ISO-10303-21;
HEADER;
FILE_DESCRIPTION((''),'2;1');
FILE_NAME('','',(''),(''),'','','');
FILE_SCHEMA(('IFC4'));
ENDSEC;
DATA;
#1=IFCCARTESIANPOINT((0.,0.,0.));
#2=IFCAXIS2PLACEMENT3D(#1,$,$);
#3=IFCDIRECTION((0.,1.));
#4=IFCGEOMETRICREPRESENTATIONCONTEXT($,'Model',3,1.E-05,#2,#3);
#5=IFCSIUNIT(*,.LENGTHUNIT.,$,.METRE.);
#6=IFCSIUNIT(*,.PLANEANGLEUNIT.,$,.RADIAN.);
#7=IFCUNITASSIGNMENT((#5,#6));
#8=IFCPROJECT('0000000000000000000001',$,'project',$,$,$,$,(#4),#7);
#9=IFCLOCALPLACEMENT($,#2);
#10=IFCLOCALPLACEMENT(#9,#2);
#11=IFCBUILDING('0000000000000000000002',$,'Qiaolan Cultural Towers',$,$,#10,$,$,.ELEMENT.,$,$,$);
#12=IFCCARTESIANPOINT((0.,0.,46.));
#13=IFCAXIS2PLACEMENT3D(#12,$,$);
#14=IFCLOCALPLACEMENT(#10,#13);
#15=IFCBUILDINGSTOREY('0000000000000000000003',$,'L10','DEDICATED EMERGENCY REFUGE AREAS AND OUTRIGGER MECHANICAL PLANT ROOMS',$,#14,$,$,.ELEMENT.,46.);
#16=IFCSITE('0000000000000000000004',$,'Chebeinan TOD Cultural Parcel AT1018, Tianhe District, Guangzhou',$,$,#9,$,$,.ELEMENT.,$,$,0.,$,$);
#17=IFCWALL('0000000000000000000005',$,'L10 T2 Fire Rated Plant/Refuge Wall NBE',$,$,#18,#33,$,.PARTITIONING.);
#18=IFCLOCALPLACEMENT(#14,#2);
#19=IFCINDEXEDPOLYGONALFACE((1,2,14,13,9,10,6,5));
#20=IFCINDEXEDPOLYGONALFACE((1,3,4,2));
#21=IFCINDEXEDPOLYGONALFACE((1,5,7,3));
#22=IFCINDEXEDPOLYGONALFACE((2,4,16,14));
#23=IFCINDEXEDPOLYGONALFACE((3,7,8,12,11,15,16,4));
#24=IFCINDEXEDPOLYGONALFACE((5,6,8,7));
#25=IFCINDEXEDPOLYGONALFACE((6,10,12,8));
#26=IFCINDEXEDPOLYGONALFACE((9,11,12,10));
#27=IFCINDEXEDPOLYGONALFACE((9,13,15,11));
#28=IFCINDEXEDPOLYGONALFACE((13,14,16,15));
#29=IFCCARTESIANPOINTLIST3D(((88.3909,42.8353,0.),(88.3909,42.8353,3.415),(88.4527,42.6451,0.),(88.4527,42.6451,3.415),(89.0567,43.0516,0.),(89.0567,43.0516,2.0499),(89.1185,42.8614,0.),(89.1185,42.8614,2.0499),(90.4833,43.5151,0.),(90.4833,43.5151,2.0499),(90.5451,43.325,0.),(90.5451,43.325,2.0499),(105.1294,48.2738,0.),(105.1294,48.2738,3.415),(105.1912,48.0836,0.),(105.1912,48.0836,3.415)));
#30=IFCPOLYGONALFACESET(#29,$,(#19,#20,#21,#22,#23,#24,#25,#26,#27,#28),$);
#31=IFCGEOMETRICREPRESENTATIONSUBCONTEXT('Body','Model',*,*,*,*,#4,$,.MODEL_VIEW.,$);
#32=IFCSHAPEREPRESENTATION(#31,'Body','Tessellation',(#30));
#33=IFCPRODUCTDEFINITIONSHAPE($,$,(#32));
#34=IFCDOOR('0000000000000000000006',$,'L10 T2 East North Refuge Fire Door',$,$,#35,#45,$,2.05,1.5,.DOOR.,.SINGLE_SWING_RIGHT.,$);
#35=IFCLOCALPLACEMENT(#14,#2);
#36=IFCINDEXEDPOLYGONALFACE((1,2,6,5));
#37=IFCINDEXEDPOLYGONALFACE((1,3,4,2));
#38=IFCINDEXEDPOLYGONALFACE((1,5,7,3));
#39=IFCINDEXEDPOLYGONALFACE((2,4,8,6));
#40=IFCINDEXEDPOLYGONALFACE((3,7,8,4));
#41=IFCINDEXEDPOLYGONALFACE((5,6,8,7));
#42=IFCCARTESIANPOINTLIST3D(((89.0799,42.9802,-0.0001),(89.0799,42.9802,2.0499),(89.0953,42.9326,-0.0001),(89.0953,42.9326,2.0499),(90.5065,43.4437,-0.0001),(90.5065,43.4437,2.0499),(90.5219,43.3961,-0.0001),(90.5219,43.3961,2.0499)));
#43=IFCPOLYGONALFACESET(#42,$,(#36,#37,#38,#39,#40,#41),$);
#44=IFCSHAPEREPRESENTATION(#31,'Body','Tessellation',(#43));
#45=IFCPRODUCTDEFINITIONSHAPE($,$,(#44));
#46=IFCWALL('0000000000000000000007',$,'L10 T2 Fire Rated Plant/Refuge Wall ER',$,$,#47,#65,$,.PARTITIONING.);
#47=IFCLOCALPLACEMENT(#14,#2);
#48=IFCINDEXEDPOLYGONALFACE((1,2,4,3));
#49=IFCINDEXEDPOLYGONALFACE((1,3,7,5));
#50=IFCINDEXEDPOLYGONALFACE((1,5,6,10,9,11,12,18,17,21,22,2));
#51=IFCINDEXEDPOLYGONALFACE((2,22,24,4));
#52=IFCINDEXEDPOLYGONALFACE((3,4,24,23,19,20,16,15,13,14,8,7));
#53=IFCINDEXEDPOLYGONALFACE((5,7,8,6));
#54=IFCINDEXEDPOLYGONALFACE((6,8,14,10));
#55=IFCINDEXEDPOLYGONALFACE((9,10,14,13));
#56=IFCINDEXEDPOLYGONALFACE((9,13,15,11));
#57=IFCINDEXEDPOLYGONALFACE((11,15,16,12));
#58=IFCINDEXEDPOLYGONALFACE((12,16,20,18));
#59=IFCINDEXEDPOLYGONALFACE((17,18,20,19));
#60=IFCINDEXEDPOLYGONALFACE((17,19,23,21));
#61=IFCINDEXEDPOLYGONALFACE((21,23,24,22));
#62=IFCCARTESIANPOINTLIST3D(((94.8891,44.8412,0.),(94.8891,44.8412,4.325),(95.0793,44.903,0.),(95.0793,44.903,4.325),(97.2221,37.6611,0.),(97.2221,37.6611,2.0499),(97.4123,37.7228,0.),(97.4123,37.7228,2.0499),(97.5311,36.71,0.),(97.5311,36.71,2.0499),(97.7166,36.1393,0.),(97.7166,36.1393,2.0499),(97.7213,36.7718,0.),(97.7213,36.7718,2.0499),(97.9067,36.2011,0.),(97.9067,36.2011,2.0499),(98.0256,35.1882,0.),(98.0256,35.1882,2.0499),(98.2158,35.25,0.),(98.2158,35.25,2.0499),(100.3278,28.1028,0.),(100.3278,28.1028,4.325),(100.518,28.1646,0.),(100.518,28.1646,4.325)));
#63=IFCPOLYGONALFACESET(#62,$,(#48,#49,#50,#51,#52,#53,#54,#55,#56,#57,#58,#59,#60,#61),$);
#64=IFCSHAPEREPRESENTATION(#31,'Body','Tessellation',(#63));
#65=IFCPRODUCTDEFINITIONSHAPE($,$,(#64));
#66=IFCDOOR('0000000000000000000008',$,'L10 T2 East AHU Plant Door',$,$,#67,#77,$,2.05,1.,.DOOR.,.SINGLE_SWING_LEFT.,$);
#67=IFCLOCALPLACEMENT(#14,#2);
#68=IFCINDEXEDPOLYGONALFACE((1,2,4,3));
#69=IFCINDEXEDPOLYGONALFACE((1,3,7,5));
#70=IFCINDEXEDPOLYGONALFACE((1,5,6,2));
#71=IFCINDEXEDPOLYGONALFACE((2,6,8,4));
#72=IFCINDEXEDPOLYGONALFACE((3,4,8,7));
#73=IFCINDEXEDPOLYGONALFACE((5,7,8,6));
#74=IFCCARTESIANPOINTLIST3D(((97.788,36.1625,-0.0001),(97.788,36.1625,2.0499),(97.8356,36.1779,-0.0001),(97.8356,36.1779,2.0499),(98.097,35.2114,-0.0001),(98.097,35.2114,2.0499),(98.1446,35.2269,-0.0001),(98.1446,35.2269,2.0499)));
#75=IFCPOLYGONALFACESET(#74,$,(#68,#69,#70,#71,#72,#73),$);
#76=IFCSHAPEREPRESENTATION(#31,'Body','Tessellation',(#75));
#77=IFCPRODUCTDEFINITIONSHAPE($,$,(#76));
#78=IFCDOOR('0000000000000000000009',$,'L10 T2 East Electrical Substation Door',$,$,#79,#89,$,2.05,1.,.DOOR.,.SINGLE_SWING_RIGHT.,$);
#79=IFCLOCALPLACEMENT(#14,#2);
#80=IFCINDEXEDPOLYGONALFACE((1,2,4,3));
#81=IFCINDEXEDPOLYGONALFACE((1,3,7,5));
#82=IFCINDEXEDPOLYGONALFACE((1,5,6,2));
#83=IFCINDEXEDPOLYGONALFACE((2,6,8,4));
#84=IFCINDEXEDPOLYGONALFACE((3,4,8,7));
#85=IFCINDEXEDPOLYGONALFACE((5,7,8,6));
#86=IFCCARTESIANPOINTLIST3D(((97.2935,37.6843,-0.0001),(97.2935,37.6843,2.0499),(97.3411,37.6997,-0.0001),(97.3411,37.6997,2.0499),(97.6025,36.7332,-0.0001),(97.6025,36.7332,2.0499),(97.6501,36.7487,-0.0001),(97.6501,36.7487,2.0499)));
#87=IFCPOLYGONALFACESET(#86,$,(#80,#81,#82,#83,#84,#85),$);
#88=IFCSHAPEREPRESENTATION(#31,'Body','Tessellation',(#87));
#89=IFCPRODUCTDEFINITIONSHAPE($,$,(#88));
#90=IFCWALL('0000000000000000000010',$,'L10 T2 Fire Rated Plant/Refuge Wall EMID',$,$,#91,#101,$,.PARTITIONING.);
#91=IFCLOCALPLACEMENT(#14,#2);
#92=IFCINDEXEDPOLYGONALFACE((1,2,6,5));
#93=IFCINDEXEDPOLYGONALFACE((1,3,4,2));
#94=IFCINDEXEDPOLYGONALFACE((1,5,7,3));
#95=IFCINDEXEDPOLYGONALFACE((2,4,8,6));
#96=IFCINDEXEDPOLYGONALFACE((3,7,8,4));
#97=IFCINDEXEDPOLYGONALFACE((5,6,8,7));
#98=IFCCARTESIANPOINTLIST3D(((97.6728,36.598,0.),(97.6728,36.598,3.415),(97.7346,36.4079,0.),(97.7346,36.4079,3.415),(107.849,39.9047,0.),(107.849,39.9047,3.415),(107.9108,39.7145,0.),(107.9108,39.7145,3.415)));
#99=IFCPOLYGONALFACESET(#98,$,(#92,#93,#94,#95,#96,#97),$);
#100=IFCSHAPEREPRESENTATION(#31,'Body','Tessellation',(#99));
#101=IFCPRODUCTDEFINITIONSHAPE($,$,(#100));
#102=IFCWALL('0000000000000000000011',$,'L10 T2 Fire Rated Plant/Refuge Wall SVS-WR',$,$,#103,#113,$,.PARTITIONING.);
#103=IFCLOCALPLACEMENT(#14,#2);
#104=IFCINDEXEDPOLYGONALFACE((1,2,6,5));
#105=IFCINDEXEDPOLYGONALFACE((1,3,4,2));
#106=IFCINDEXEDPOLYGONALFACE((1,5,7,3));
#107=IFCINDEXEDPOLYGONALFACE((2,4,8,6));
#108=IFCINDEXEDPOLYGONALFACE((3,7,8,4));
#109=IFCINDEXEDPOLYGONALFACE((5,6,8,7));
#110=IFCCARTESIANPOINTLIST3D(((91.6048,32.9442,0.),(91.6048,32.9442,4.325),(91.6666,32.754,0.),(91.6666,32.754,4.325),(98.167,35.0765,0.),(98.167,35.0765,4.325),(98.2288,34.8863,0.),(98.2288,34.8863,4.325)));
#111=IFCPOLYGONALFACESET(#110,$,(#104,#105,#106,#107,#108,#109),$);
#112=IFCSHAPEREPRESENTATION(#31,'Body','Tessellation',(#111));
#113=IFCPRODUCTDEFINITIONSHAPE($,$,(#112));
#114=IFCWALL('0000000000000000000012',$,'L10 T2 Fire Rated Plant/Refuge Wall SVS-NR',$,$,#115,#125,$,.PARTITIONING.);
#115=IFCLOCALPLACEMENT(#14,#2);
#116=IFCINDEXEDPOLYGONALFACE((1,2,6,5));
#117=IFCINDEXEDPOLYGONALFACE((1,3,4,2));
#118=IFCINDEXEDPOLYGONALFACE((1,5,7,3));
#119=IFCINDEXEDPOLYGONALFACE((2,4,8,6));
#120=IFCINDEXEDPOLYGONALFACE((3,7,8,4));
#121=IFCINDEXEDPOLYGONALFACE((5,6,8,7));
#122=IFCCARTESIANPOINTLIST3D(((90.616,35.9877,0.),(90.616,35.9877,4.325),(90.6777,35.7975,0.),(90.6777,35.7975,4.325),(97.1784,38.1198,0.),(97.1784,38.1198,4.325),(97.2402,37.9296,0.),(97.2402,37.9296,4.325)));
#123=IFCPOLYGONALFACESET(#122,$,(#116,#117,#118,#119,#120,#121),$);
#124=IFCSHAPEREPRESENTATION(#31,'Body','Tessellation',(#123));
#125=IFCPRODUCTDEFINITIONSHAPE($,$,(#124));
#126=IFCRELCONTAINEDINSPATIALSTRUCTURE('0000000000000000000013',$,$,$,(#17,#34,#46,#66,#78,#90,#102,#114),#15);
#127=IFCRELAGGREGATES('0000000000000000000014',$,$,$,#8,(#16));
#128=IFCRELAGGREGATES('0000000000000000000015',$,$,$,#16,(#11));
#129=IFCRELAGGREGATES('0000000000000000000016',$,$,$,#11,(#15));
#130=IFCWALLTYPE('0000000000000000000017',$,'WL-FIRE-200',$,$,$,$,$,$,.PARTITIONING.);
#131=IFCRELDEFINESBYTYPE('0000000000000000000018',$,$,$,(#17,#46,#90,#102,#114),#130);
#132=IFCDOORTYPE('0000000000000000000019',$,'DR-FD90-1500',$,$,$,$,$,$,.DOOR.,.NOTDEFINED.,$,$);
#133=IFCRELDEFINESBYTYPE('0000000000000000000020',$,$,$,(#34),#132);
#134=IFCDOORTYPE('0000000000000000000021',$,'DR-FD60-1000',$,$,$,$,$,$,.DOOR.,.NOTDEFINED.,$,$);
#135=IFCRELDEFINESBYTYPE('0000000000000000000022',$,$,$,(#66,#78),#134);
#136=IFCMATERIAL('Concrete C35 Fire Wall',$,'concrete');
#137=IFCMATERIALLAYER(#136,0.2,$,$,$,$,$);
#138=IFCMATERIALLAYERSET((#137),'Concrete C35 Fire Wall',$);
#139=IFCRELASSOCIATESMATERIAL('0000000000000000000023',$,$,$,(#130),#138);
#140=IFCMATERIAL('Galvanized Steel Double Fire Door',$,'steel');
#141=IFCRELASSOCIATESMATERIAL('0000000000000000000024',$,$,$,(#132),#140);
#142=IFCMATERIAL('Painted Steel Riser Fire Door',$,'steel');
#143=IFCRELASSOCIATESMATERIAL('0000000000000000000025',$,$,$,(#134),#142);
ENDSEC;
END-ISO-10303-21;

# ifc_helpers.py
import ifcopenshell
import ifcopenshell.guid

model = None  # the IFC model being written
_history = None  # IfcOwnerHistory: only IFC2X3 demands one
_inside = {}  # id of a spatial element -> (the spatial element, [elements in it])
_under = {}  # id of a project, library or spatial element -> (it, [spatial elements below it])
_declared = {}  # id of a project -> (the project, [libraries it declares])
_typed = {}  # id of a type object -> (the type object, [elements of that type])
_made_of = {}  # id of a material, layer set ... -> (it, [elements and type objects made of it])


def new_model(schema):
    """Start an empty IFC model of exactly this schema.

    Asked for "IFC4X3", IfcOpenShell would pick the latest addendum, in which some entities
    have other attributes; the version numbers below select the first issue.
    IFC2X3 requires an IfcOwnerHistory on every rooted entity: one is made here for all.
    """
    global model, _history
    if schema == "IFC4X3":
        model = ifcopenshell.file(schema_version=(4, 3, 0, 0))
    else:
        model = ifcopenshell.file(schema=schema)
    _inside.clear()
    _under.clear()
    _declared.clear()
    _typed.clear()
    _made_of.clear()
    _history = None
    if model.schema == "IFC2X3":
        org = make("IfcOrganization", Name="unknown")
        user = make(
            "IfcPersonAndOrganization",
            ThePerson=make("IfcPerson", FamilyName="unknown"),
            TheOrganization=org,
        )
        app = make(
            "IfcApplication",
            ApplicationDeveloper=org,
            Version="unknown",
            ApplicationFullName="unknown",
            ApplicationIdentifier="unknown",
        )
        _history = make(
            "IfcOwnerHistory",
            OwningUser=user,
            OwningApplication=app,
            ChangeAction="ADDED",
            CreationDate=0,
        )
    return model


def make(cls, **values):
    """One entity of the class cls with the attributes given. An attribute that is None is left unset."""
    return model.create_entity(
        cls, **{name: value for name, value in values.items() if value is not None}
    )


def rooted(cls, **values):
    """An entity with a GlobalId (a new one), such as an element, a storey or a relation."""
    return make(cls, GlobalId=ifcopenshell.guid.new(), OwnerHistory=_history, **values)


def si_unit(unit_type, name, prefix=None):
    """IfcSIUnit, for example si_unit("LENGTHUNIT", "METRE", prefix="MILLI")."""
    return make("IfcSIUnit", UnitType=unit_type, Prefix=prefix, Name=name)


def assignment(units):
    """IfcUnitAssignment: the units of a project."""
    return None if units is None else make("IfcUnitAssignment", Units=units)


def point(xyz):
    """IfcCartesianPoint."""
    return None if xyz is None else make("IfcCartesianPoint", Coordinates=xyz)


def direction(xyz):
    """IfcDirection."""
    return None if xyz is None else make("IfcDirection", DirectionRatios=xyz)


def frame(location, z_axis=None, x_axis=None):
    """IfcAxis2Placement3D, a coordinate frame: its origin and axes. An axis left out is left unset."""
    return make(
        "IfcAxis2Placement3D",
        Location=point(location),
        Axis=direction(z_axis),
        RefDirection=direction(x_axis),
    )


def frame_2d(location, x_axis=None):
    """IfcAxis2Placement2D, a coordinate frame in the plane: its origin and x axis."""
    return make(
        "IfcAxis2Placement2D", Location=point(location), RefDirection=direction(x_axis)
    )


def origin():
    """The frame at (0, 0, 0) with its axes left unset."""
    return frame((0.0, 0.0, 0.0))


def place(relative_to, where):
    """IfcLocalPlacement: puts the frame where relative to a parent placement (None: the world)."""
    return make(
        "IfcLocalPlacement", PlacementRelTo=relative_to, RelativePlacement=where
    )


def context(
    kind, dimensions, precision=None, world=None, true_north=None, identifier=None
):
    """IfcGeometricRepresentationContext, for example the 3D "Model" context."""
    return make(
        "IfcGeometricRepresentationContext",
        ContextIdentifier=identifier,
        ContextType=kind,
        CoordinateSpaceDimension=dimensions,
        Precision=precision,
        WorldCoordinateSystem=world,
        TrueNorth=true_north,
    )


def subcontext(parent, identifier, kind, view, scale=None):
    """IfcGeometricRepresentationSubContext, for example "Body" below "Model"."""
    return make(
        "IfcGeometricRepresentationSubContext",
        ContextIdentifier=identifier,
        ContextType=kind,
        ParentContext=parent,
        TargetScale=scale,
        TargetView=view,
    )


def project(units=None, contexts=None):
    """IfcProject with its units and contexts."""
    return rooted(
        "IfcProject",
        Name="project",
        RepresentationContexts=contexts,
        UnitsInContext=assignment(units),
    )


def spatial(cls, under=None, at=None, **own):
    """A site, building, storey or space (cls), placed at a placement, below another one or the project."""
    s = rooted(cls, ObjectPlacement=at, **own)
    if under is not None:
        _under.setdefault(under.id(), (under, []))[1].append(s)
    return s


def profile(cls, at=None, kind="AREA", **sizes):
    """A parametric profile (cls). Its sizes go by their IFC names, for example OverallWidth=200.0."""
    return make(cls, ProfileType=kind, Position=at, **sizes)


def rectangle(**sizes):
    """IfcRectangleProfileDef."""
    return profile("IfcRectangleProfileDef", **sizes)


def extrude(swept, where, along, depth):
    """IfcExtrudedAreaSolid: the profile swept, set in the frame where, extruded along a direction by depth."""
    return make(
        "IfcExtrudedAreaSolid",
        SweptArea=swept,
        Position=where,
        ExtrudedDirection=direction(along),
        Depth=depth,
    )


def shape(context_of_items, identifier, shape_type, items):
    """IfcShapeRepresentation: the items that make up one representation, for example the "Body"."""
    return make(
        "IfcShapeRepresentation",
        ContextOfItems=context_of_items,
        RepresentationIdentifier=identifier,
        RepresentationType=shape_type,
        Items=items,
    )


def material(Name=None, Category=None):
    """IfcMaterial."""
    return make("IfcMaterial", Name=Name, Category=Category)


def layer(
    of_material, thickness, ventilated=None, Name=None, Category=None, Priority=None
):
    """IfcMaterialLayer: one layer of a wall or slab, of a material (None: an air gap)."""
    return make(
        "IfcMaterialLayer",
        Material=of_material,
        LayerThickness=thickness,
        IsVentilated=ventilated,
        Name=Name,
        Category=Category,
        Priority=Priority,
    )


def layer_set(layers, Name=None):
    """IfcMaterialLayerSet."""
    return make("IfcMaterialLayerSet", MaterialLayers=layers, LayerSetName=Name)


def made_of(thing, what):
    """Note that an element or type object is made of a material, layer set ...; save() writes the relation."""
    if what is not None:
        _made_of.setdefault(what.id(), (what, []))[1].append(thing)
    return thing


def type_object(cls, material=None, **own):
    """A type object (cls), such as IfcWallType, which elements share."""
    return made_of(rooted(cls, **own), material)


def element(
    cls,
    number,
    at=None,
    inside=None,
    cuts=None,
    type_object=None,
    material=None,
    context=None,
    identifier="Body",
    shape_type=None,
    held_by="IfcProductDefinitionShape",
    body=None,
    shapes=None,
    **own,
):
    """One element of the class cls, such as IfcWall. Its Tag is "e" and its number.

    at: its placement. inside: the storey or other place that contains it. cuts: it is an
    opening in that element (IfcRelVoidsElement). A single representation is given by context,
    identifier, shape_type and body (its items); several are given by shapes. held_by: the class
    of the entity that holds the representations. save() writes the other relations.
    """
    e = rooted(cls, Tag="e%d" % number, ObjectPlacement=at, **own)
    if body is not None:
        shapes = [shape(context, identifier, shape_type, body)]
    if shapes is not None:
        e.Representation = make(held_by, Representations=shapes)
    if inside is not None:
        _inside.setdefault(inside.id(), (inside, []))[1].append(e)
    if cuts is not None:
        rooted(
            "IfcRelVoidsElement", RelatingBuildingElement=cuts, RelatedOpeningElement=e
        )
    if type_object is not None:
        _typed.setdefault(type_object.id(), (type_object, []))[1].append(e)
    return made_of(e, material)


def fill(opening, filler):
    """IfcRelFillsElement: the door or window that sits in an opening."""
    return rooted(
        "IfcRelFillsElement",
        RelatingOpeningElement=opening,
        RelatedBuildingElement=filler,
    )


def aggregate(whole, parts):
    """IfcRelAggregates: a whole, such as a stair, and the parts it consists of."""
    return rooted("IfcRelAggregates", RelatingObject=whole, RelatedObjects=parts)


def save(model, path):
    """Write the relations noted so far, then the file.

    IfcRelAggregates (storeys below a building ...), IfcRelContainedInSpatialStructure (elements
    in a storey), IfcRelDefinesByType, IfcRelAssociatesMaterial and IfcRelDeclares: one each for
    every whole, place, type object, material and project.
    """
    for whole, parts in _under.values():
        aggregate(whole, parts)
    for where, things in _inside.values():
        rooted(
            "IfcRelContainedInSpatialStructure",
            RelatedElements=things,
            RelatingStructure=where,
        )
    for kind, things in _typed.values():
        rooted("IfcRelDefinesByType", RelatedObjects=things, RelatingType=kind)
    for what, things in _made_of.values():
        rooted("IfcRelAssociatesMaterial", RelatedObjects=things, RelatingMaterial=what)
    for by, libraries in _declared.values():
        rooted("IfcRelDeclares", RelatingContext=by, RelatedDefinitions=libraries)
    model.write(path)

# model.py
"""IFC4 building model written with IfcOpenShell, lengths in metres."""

from ifc_helpers import new_model, si_unit, direction, frame, frame_2d, origin, place, context, subcontext, project, spatial, rectangle, extrude, material, layer, layer_set, type_object, element, fill, save


model = new_model("IFC4")

# Units and contexts
model_context = context("Model", 3, precision=1e-05, world=origin(), true_north=direction((0.0, 1.0)))
body_context = subcontext(model_context, "Body", "Model", "MODEL_VIEW")
ifc_project = project(units=[si_unit("LENGTHUNIT", "METRE"), si_unit("PLANEANGLEUNIT", "RADIAN")], contexts=[model_context])

# Site, building, storey
site_placement = place(None, origin())
site = spatial("IfcSite", under=ifc_project, at=site_placement, Name="Chebeinan TOD Cultural Parcel AT1018, Tianhe District, Guangzhou", CompositionType="ELEMENT", RefElevation=0.0)
building_placement = place(site_placement, origin())
building = spatial("IfcBuilding", under=site, at=building_placement, Name="Qiaolan Cultural Towers", CompositionType="ELEMENT")
storey_placement = place(building_placement, frame((0.0, 0.0, 46.0)))
storey = spatial("IfcBuildingStorey", under=building, at=storey_placement, Name="L10", Description="DEDICATED EMERGENCY REFUGE AREAS AND OUTRIGGER MECHANICAL PLANT ROOMS", CompositionType="ELEMENT", Elevation=46.0)

# Wall, opening, door
ifc_material_1 = material(Name="Concrete C35 Fire Wall", Category="concrete")
ifc_layer_1 = layer(ifc_material_1, 0.2)
ifc_layer_set_1 = layer_set([ifc_layer_1], Name="Concrete C35 Fire Wall")
wall_type = type_object("IfcWallType", Name="WL-FIRE-200", PredefinedType="PARTITIONING", material=ifc_layer_set_1)
wall_1_placement = place(storey_placement, frame((88.4219, 42.7402, 0.0), z_axis=(0.0, 0.0, 1.0), x_axis=(0.95106, 0.309007, 0.0)))
wall_1 = element("IfcWall", 1, at=wall_1_placement, inside=storey, type_object=wall_type, Name="L10 T2 Fire Rated Plant/Refuge Wall NBE", PredefinedType="PARTITIONING", context=body_context, shape_type="SweptSolid", body=[
    extrude(rectangle(XDim=17.5999, YDim=0.2, at=frame_2d((8.7998, 0.0))), origin(), (0.0, 0.0, 1.0), 3.415),
])
opening_1_placement = place(wall_1_placement, frame((0.7, 0.0, 0.0)))
opening_1 = element("IfcOpeningElement", 2, at=opening_1_placement, cuts=wall_1, PredefinedType="OPENING", context=body_context, shape_type="SweptSolid", body=[
    extrude(rectangle(XDim=1.5, YDim=2.05, at=frame_2d((0.75, 1.0249))), frame((0.0, 0.1099, 0.0), z_axis=(0.0, -1.0, 0.0), x_axis=(1.0, 0.0, 0.0)), (0.0, 0.0, 1.0), 0.22),
])
ifc_material_2 = material(Name="Galvanized Steel Double Fire Door", Category="steel")
door_type_1 = type_object("IfcDoorType", Name="DR-FD90-1500", OperationType="NOTDEFINED", PredefinedType="DOOR", material=ifc_material_2)
door_1_placement = place(opening_1_placement, origin())
door_1 = element("IfcDoor", 3, at=door_1_placement, inside=storey, type_object=door_type_1, Name="L10 T2 East North Refuge Fire Door", OperationType="SINGLE_SWING_RIGHT", OverallHeight=2.05, OverallWidth=1.5, PredefinedType="DOOR", context=body_context, shape_type="SweptSolid", body=[
    extrude(rectangle(XDim=1.5, YDim=2.05, at=frame_2d((0.75, 1.0249))), frame((0.0, 0.0249, 0.0), z_axis=(0.0, -1.0, 0.0), x_axis=(1.0, 0.0, 0.0)), (0.0, 0.0, 1.0), 0.05),
])
fill(opening_1, door_1)

# Wall, openings, doors
wall_2_placement = place(storey_placement, frame((100.4229, 28.1338, 0.0), z_axis=(0.0, 0.0, 1.0), x_axis=(-0.309019, 0.951056, 0.0)))
wall_2 = element("IfcWall", 4, at=wall_2_placement, inside=storey, type_object=wall_type, Name="L10 T2 Fire Rated Plant/Refuge Wall ER", PredefinedType="PARTITIONING", context=body_context, shape_type="SweptSolid", body=[
    extrude(rectangle(XDim=17.5999, YDim=0.2, at=frame_2d((8.7998, 0.0))), origin(), (0.0, 0.0, 1.0), 4.325),
])
opening_2_placement = place(wall_2_placement, frame((7.45, 0.0, 0.0)))
opening_2 = element("IfcOpeningElement", 5, at=opening_2_placement, cuts=wall_2, PredefinedType="OPENING", context=body_context, shape_type="SweptSolid", body=[
    extrude(rectangle(XDim=1.0, YDim=2.05, at=frame_2d((0.5, 1.0249))), frame((0.0, 0.1099, 0.0), z_axis=(0.0, -1.0, 0.0), x_axis=(1.0, 0.0, 0.0)), (0.0, 0.0, 1.0), 0.22),
])
opening_3_placement = place(wall_2_placement, frame((9.05, 0.0, 0.0)))
opening_3 = element("IfcOpeningElement", 6, at=opening_3_placement, cuts=wall_2, PredefinedType="OPENING", context=body_context, shape_type="SweptSolid", body=[
    extrude(rectangle(XDim=1.0, YDim=2.05, at=frame_2d((0.5, 1.0249))), frame((0.0, 0.1099, 0.0), z_axis=(0.0, -1.0, 0.0), x_axis=(1.0, 0.0, 0.0)), (0.0, 0.0, 1.0), 0.22),
])
ifc_material_3 = material(Name="Painted Steel Riser Fire Door", Category="steel")
door_type_2 = type_object("IfcDoorType", Name="DR-FD60-1000", OperationType="NOTDEFINED", PredefinedType="DOOR", material=ifc_material_3)
door_2_placement = place(opening_2_placement, origin())
door_2 = element("IfcDoor", 7, at=door_2_placement, inside=storey, type_object=door_type_2, Name="L10 T2 East AHU Plant Door", OperationType="SINGLE_SWING_LEFT", OverallHeight=2.05, OverallWidth=1.0, PredefinedType="DOOR", context=body_context, shape_type="SweptSolid", body=[
    extrude(rectangle(XDim=1.0, YDim=2.05, at=frame_2d((0.5, 1.0249))), frame((0.0, 0.0249, 0.0), z_axis=(0.0, -1.0, 0.0), x_axis=(1.0, 0.0, 0.0)), (0.0, 0.0, 1.0), 0.05),
])
fill(opening_2, door_2)
door_3_placement = place(opening_3_placement, origin())
door_3 = element("IfcDoor", 8, at=door_3_placement, inside=storey, type_object=door_type_2, Name="L10 T2 East Electrical Substation Door", OperationType="SINGLE_SWING_RIGHT", OverallHeight=2.05, OverallWidth=1.0, PredefinedType="DOOR", context=body_context, shape_type="SweptSolid", body=[
    extrude(rectangle(XDim=1.0, YDim=2.05, at=frame_2d((0.5, 1.0249))), frame((0.0, 0.0249, 0.0), z_axis=(0.0, -1.0, 0.0), x_axis=(1.0, 0.0, 0.0)), (0.0, 0.0, 1.0), 0.05),
])
fill(opening_3, door_3)

# Walls
wall_3_placement = place(storey_placement, frame((97.7036, 36.5029, 0.0), z_axis=(0.0, 0.0, 1.0), x_axis=(0.951052, 0.309031, 0.0)))
element("IfcWall", 9, at=wall_3_placement, inside=storey, type_object=wall_type, Name="L10 T2 Fire Rated Plant/Refuge Wall EMID", PredefinedType="PARTITIONING", context=body_context, shape_type="SweptSolid", body=[
    extrude(rectangle(XDim=10.7, YDim=0.2, at=frame_2d((5.3501, 0.0))), origin(), (0.0, 0.0, 1.0), 3.415),
])
wall_4_placement = place(storey_placement, frame((91.6357, 32.8491, 0.0), z_axis=(0.0, 0.0, 1.0), x_axis=(0.951051, 0.309032, 0.0)))
element("IfcWall", 10, at=wall_4_placement, inside=storey, type_object=wall_type, Name="L10 T2 Fire Rated Plant/Refuge Wall SVS-WR", PredefinedType="PARTITIONING", context=body_context, shape_type="SweptSolid", body=[
    extrude(rectangle(XDim=6.8999, YDim=0.2, at=frame_2d((3.45, 0.0))), origin(), (0.0, 0.0, 1.0), 4.325),
])
wall_5_placement = place(storey_placement, frame((90.6467, 35.8926, 0.0), z_axis=(0.0, 0.0, 1.0), x_axis=(0.951065, 0.30899, 0.0)))
element("IfcWall", 11, at=wall_5_placement, inside=storey, type_object=wall_type, Name="L10 T2 Fire Rated Plant/Refuge Wall SVS-NR", PredefinedType="PARTITIONING", context=body_context, shape_type="SweptSolid", body=[
    extrude(rectangle(XDim=6.9001, YDim=0.2, at=frame_2d((3.4502, 0.0))), origin(), (0.0, 0.0, 1.0), 4.325),
])

save(model, "model.ifc")
